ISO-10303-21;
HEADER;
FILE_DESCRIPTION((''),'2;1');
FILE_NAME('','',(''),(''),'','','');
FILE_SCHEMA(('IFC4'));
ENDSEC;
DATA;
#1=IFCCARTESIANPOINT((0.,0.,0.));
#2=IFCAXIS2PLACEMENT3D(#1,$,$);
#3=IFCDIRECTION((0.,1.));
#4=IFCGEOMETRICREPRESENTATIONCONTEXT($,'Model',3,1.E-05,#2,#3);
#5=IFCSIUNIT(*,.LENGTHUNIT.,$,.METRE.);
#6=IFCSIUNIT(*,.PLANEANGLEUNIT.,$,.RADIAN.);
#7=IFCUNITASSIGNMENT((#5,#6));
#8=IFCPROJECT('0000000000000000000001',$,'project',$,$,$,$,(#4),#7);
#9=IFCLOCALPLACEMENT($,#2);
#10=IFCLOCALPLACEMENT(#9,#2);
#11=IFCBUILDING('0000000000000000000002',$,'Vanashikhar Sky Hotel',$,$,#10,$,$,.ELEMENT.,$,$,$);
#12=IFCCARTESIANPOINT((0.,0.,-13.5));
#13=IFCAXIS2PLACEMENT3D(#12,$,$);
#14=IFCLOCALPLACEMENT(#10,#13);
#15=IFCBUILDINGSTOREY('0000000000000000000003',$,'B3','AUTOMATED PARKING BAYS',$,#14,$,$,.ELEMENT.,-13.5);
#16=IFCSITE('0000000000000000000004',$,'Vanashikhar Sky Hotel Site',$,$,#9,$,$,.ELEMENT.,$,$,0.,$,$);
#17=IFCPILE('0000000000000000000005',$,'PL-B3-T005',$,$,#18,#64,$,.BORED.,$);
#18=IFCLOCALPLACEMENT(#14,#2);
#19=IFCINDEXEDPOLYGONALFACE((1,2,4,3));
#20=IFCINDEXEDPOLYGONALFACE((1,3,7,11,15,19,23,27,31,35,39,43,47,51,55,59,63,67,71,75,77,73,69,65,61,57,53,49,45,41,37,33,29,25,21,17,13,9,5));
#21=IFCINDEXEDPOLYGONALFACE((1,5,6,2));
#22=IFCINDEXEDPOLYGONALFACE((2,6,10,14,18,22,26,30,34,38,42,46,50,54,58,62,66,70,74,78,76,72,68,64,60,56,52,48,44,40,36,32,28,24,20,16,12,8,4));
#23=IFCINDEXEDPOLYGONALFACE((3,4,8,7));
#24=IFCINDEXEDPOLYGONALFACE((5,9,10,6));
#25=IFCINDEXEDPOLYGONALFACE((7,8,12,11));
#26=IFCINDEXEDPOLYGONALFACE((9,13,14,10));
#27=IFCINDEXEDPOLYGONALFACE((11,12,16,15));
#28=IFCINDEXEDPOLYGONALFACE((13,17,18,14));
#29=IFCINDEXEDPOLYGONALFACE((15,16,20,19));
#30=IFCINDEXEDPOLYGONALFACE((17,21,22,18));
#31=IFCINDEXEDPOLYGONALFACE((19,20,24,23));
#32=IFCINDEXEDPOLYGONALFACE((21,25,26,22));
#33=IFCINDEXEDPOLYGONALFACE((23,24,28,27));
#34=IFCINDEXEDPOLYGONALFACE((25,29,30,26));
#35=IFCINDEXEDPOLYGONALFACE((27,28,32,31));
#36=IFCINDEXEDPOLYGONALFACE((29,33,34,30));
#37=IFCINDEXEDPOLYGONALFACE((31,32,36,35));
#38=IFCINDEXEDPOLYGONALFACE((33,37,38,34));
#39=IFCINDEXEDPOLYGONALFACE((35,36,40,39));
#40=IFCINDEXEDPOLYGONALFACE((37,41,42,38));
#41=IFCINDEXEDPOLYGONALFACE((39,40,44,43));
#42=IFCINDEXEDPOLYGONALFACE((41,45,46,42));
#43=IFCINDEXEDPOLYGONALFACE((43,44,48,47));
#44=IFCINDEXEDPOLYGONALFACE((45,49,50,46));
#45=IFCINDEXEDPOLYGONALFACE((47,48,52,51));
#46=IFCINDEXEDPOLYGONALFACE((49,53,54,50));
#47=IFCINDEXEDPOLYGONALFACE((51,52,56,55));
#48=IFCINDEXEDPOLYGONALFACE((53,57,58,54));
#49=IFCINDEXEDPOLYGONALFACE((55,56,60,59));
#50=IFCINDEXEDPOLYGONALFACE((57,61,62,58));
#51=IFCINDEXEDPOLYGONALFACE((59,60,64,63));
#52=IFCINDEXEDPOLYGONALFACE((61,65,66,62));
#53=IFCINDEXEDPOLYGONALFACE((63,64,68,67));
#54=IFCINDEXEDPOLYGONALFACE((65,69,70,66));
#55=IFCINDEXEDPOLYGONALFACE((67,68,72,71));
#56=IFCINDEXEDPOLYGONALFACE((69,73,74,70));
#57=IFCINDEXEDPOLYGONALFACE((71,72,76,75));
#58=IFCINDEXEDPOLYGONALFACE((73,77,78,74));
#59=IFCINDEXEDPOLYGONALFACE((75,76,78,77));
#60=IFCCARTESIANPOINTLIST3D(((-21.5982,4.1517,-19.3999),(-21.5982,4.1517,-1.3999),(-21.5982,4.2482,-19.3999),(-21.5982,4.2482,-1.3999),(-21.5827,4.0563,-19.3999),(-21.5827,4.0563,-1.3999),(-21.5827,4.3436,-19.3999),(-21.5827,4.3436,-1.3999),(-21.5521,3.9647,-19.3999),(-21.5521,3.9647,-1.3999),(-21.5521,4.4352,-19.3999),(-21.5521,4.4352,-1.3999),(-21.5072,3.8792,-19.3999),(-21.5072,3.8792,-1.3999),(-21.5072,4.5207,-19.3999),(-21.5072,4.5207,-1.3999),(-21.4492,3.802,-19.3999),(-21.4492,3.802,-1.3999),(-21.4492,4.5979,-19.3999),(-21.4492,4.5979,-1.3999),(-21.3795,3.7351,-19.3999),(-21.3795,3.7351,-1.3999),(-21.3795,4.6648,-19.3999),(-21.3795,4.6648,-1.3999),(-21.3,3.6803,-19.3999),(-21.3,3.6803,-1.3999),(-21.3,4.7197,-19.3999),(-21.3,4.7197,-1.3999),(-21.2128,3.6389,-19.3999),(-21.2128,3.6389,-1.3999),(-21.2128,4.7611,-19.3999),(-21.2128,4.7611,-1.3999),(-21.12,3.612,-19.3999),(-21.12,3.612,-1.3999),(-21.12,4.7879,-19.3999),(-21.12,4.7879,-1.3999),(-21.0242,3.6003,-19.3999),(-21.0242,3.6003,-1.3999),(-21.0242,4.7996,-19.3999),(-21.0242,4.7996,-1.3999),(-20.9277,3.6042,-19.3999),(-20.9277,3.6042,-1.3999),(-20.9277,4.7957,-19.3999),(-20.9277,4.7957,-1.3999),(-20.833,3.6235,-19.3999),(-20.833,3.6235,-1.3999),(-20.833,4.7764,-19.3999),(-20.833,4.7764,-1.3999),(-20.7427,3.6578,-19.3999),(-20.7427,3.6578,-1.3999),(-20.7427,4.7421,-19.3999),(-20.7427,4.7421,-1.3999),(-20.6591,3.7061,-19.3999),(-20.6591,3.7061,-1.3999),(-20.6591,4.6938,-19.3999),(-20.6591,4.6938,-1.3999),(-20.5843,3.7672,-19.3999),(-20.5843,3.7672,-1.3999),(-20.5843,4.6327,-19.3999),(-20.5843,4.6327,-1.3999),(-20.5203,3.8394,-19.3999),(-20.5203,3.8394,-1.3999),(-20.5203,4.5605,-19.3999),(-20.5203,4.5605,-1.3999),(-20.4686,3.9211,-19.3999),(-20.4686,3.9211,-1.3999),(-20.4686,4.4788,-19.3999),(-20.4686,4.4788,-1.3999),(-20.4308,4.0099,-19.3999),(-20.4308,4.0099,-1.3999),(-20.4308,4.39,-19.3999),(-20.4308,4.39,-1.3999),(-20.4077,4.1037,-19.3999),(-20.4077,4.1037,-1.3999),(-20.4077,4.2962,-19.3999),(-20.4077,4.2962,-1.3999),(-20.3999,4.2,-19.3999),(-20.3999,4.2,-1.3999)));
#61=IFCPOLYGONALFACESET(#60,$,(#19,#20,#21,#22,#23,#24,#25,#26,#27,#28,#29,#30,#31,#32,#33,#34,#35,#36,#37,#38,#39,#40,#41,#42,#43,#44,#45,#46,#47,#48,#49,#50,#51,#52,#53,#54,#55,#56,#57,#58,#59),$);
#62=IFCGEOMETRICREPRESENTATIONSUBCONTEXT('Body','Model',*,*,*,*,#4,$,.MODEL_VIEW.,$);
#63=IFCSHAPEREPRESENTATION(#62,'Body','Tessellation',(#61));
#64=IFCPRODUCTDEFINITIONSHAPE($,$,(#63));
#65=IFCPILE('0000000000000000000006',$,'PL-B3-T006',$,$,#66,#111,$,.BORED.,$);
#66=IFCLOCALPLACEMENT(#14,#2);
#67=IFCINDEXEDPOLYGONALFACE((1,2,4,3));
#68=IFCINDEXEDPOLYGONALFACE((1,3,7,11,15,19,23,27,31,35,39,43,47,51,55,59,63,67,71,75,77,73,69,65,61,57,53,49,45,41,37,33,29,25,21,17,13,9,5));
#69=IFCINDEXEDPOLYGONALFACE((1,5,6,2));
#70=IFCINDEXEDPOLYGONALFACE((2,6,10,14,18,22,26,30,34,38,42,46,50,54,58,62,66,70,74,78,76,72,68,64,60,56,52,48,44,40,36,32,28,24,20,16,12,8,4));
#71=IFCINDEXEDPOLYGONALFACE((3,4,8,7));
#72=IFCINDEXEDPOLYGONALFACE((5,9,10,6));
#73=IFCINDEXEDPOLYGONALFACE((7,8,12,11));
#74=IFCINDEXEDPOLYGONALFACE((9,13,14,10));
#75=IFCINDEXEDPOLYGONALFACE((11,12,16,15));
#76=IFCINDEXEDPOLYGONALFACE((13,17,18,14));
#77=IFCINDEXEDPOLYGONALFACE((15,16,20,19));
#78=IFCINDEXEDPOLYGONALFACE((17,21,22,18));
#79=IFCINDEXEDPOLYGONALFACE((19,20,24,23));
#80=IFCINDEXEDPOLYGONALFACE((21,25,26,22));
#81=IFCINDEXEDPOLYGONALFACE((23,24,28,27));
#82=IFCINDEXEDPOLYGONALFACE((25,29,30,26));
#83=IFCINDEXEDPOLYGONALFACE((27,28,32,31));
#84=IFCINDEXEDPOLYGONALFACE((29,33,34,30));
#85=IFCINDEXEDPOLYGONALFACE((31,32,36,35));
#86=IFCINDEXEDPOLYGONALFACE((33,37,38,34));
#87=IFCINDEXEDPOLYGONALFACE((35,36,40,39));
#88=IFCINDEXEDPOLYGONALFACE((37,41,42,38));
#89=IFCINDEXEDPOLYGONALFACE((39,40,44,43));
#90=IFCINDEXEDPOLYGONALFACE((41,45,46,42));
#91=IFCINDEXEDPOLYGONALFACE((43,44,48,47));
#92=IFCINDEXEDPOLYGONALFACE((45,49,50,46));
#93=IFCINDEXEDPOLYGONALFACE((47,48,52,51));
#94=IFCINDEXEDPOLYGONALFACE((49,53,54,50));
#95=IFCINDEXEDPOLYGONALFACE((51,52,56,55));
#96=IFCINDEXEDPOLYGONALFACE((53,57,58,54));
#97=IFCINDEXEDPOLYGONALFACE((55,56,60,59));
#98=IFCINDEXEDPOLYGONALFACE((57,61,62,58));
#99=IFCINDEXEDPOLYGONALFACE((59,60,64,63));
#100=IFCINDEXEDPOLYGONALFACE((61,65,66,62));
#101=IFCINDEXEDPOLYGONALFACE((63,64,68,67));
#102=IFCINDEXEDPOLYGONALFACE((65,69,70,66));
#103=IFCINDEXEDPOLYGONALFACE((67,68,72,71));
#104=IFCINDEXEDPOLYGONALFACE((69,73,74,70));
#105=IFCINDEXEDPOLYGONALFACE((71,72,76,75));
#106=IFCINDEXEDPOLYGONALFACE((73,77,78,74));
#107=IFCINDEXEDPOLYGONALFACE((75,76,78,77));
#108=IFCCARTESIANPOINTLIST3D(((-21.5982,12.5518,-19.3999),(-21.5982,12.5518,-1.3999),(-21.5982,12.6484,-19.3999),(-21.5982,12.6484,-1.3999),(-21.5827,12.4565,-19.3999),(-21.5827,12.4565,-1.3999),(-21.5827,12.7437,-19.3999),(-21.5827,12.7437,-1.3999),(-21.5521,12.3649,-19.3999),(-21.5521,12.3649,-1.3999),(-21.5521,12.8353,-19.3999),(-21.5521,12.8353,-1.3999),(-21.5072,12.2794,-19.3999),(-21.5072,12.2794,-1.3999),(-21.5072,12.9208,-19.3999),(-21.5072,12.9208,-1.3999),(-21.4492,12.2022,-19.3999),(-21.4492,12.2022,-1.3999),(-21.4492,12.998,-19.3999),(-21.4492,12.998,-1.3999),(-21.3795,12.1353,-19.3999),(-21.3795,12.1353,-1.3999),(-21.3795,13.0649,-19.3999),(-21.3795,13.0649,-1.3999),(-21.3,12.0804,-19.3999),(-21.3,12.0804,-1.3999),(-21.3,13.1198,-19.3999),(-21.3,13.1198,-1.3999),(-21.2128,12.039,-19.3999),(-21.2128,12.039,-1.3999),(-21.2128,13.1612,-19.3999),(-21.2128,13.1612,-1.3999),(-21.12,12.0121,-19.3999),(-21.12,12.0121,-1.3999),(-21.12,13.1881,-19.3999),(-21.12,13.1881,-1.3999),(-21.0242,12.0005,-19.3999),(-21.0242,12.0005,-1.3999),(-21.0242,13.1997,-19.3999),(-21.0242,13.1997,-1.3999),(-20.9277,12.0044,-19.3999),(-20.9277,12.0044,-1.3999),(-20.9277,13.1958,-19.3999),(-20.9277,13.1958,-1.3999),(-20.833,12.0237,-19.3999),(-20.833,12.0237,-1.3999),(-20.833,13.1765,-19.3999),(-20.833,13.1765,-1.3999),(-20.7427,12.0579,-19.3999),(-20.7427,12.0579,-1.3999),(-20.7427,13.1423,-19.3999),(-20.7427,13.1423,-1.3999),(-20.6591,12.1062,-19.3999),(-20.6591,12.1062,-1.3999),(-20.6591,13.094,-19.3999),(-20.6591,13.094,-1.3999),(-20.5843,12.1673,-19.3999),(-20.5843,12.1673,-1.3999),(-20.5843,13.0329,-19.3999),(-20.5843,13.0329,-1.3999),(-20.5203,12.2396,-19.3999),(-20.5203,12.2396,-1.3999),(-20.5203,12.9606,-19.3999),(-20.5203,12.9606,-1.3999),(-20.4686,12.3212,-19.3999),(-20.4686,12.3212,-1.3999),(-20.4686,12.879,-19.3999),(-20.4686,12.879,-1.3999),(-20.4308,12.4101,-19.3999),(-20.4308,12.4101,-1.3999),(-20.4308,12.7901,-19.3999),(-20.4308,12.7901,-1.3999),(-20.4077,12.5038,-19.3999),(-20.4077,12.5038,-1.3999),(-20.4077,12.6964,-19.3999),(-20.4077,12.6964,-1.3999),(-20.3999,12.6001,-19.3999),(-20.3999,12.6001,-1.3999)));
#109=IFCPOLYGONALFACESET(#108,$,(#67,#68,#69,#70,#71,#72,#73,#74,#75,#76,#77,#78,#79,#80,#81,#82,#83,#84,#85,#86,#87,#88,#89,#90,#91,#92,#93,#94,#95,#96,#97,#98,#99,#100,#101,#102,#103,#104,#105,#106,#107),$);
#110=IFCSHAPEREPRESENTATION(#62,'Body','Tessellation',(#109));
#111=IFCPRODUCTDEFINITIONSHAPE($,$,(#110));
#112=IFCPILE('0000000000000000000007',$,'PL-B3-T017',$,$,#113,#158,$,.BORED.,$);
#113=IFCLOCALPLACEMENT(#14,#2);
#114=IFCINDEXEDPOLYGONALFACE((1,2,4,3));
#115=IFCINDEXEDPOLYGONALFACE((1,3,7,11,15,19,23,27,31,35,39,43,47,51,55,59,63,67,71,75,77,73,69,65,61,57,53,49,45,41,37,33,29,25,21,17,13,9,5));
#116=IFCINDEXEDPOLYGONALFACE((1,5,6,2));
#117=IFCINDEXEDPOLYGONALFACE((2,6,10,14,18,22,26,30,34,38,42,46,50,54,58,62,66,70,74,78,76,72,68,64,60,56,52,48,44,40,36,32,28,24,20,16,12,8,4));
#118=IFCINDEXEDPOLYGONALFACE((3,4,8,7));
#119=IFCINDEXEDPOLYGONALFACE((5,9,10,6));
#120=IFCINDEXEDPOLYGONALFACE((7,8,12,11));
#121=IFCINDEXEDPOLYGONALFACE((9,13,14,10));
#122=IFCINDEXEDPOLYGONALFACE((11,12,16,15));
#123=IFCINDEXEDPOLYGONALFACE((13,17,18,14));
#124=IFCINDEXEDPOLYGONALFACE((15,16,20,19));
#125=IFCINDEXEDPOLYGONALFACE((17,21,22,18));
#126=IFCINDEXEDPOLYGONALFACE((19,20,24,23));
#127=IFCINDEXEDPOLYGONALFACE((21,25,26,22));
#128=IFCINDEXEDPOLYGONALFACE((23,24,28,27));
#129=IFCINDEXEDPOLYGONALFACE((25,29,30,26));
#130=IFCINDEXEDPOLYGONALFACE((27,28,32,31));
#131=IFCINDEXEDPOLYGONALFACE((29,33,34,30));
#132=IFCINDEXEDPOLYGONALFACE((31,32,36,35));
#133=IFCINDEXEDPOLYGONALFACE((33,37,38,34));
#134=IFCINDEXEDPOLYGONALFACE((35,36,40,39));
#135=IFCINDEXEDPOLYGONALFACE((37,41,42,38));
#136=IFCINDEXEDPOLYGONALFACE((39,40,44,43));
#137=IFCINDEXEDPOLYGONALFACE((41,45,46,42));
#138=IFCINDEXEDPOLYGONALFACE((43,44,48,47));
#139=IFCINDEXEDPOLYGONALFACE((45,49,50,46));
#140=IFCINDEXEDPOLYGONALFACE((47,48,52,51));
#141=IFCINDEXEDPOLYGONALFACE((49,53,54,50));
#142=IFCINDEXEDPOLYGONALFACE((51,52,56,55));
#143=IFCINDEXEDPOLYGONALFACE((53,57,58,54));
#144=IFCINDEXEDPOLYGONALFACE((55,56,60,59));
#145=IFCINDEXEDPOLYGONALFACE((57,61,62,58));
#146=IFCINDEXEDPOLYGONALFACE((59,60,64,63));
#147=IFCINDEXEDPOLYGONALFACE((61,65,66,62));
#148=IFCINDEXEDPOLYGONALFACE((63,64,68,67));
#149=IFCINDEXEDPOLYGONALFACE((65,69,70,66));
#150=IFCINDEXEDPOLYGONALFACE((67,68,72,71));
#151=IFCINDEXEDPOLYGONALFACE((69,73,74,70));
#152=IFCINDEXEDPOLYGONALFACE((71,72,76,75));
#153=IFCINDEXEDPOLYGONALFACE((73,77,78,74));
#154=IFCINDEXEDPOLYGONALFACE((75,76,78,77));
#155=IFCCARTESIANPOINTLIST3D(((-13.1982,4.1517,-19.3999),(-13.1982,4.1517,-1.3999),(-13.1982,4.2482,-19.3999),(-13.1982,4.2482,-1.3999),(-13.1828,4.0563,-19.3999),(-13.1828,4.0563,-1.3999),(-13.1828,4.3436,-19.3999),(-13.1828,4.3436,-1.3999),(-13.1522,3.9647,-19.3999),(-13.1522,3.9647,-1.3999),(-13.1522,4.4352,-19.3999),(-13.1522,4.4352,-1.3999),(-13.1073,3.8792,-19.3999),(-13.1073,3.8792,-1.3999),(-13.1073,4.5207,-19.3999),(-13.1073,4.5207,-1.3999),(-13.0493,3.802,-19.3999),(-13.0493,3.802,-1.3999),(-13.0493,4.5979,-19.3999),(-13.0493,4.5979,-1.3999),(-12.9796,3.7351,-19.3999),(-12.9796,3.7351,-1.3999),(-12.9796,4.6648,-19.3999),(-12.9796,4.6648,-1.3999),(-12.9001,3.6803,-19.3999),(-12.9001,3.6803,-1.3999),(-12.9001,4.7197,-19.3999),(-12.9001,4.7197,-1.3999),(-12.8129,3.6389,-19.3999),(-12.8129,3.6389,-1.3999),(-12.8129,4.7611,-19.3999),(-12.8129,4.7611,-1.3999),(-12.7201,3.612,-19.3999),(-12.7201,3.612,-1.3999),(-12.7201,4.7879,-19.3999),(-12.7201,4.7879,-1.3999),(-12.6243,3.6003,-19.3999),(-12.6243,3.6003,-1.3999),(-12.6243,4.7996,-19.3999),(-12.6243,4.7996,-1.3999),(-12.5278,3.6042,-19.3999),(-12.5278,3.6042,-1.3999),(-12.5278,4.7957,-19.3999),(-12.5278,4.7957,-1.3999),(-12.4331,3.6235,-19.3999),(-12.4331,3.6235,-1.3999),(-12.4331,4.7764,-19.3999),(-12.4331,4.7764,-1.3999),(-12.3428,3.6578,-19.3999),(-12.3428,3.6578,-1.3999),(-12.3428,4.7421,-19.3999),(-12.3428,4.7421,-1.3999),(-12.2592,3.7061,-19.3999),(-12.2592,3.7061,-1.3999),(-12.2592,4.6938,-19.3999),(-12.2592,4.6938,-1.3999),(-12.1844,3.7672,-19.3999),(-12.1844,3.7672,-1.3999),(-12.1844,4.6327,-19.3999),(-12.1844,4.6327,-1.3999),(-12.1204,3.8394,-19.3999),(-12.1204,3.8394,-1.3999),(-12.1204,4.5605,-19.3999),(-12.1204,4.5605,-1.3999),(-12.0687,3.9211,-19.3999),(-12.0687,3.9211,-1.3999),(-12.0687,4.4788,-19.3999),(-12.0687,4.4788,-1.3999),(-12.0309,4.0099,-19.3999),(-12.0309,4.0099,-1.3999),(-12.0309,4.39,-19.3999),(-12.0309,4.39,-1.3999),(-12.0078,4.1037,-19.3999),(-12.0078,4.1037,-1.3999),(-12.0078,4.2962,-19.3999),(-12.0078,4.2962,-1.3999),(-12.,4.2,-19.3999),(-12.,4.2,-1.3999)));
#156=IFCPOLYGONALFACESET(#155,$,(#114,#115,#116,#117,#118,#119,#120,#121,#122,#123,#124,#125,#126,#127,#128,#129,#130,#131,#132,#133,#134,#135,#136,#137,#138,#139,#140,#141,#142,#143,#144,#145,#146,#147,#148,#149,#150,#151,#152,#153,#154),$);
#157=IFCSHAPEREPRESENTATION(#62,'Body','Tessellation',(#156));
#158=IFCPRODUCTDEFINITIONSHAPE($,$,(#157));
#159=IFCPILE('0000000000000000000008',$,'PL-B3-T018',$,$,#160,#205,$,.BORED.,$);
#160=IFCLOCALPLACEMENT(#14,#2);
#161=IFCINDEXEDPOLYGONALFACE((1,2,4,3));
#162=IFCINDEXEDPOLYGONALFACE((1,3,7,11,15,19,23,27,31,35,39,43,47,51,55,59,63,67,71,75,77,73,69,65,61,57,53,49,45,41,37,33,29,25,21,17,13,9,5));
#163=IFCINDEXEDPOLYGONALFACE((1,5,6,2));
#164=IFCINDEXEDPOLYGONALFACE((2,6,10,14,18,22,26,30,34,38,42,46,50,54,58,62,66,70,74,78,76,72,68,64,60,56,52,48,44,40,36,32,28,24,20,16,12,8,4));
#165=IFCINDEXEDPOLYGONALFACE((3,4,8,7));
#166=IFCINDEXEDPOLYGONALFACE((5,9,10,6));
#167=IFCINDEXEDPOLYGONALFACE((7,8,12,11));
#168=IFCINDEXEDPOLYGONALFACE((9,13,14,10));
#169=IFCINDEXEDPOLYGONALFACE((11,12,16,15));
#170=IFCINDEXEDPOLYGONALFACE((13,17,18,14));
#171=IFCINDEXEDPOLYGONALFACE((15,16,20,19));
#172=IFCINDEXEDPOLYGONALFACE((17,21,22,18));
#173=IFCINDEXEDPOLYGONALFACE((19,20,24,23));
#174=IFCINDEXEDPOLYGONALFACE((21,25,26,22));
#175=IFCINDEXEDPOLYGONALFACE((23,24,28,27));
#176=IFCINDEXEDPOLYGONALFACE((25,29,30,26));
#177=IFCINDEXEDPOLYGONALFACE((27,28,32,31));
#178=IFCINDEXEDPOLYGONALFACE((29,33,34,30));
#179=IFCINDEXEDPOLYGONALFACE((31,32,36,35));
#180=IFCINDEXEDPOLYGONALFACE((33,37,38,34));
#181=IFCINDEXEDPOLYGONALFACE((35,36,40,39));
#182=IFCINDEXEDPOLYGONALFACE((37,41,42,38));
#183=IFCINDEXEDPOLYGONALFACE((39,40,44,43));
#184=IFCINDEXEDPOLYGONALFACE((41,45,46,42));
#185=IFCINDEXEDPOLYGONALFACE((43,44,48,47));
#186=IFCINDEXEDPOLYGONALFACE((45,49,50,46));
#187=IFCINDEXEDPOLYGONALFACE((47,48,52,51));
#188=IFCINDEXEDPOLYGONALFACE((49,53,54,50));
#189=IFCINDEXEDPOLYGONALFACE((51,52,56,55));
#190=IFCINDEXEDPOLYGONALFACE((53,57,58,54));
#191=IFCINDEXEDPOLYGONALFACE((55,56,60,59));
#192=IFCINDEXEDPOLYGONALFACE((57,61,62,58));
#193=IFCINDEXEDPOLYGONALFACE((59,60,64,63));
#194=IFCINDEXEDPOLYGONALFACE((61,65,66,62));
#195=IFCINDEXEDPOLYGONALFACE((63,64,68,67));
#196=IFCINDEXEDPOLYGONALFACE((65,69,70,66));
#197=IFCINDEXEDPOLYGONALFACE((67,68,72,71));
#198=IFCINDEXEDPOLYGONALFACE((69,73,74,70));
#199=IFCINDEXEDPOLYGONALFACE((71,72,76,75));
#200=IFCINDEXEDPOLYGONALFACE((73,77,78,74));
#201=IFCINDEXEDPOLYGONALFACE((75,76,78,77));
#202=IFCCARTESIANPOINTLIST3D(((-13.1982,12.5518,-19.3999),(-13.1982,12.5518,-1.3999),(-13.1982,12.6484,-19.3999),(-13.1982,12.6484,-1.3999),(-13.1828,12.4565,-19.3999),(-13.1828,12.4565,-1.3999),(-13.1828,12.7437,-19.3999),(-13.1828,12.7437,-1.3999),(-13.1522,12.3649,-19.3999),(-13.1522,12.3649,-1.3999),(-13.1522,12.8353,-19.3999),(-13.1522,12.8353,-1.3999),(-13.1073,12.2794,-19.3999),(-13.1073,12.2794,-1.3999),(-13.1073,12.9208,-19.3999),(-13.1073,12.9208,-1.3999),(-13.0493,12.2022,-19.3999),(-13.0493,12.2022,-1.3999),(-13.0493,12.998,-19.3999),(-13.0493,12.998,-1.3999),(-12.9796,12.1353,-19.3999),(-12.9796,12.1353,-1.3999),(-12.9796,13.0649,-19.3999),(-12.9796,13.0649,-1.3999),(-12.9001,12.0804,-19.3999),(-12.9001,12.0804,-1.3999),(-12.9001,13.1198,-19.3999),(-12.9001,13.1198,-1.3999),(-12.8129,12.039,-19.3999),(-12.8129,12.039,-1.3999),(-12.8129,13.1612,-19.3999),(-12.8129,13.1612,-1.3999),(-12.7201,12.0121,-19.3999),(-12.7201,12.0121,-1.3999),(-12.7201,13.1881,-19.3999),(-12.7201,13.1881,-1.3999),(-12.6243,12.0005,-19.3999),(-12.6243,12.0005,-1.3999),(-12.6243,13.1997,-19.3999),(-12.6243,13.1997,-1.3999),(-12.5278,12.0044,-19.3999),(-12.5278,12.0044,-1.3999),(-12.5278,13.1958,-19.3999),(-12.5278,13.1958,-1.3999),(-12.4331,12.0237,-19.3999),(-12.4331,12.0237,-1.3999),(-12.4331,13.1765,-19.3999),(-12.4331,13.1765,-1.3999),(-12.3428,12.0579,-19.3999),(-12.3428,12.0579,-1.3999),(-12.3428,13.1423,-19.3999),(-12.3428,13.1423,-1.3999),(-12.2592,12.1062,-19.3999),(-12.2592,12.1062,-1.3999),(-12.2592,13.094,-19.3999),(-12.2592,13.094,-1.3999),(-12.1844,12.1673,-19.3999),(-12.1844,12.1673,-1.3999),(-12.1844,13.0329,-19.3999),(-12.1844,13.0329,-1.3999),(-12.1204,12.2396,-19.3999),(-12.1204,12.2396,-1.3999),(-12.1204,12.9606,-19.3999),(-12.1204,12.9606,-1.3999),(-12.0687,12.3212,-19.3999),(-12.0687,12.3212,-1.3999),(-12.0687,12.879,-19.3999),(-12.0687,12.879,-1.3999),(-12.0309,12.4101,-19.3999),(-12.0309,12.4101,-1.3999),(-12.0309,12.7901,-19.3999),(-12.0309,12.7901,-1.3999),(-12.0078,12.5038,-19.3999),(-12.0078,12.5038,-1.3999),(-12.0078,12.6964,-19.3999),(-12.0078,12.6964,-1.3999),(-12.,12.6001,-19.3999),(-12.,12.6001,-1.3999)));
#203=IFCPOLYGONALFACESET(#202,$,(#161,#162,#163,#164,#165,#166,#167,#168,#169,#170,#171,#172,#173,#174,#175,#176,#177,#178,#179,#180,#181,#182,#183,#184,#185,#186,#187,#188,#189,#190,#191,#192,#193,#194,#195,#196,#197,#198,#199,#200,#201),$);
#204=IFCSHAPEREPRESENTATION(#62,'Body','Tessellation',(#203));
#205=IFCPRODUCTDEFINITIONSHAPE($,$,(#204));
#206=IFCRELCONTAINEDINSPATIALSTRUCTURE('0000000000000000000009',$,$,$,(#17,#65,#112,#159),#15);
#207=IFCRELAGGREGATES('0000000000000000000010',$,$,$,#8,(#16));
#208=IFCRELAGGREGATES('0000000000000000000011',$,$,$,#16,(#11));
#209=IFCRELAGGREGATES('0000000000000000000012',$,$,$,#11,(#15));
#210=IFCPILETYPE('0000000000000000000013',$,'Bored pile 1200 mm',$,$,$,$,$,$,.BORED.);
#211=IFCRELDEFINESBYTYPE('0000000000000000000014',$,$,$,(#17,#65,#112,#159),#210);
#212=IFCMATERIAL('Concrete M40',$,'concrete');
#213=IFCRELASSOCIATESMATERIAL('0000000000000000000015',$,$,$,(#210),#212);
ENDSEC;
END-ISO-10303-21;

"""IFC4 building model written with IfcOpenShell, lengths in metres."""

from ifc_helpers import new_model, si_unit, direction, frame, origin, origin_2d, place, context, subcontext, project, spatial, circle, extrude, source, transform, mapped, material, type_object, element, save


model = new_model("IFC4")

# Units and contexts
model_context = context("Model", 3, precision=1e-05, world=origin(), true_north=direction((0.0, 1.0)))
body_context = subcontext(model_context, "Body", "Model", "MODEL_VIEW")
ifc_project = project(units=[si_unit("LENGTHUNIT", "METRE"), si_unit("PLANEANGLEUNIT", "RADIAN")], contexts=[model_context])

# Site, building, storey
site_placement = place(None, origin())
site = spatial("IfcSite", under=ifc_project, at=site_placement, Name="Vanashikhar Sky Hotel Site", CompositionType="ELEMENT", RefElevation=0.0)
building_placement = place(site_placement, origin())
building = spatial("IfcBuilding", under=site, at=building_placement, Name="Vanashikhar Sky Hotel", CompositionType="ELEMENT")
storey_placement = place(building_placement, frame((0.0, 0.0, -13.5)))
storey = spatial("IfcBuildingStorey", under=building, at=storey_placement, Name="B3", Description="AUTOMATED PARKING BAYS", CompositionType="ELEMENT", Elevation=-13.5)

# Shared definitions
ifc_material_1 = material(Name="Concrete M40", Category="concrete")

# Piles
pile_type_1 = type_object("IfcPileType", Name="Bored pile 1200 mm", PredefinedType="BORED", material=ifc_material_1)
shared_shape_1 = source(origin(), body_context, "Body", "SweptSolid", [
    extrude(circle(Radius=0.6001, at=origin_2d()), origin(), (0.0, 0.0, 1.0), 18.0),
])
for number, where, z_axis, x_axis, name in (
    (1, (-21.0, 4.2, -1.3999), (0.0, 0.0, -1.0), (1.0, 0.0, 0.0), "PL-B3-T005"),
    (2, (-21.0, 12.6001, -1.3999), (0.0, 0.0, -1.0), (1.0, 0.0, 0.0), "PL-B3-T006"),
    (3, (-12.6001, 4.2, -1.3999), (0.0, 0.0, -1.0), (1.0, 0.0, 0.0), "PL-B3-T017"),
    (4, (-12.6001, 12.6001, -1.3999), (0.0, 0.0, -1.0), (1.0, 0.0, 0.0), "PL-B3-T018"),
):
    element("IfcPile", number, at=place(storey_placement, frame(where, z_axis=z_axis, x_axis=x_axis)), inside=storey, type_object=pile_type_1, Name=name, PredefinedType="BORED", context=body_context, shape_type="MappedRepresentation", body=[
        mapped(shared_shape_1, transform((0.0, 0.0, 0.0), scale=1.0)),
    ])

save(model, "model.ifc")
